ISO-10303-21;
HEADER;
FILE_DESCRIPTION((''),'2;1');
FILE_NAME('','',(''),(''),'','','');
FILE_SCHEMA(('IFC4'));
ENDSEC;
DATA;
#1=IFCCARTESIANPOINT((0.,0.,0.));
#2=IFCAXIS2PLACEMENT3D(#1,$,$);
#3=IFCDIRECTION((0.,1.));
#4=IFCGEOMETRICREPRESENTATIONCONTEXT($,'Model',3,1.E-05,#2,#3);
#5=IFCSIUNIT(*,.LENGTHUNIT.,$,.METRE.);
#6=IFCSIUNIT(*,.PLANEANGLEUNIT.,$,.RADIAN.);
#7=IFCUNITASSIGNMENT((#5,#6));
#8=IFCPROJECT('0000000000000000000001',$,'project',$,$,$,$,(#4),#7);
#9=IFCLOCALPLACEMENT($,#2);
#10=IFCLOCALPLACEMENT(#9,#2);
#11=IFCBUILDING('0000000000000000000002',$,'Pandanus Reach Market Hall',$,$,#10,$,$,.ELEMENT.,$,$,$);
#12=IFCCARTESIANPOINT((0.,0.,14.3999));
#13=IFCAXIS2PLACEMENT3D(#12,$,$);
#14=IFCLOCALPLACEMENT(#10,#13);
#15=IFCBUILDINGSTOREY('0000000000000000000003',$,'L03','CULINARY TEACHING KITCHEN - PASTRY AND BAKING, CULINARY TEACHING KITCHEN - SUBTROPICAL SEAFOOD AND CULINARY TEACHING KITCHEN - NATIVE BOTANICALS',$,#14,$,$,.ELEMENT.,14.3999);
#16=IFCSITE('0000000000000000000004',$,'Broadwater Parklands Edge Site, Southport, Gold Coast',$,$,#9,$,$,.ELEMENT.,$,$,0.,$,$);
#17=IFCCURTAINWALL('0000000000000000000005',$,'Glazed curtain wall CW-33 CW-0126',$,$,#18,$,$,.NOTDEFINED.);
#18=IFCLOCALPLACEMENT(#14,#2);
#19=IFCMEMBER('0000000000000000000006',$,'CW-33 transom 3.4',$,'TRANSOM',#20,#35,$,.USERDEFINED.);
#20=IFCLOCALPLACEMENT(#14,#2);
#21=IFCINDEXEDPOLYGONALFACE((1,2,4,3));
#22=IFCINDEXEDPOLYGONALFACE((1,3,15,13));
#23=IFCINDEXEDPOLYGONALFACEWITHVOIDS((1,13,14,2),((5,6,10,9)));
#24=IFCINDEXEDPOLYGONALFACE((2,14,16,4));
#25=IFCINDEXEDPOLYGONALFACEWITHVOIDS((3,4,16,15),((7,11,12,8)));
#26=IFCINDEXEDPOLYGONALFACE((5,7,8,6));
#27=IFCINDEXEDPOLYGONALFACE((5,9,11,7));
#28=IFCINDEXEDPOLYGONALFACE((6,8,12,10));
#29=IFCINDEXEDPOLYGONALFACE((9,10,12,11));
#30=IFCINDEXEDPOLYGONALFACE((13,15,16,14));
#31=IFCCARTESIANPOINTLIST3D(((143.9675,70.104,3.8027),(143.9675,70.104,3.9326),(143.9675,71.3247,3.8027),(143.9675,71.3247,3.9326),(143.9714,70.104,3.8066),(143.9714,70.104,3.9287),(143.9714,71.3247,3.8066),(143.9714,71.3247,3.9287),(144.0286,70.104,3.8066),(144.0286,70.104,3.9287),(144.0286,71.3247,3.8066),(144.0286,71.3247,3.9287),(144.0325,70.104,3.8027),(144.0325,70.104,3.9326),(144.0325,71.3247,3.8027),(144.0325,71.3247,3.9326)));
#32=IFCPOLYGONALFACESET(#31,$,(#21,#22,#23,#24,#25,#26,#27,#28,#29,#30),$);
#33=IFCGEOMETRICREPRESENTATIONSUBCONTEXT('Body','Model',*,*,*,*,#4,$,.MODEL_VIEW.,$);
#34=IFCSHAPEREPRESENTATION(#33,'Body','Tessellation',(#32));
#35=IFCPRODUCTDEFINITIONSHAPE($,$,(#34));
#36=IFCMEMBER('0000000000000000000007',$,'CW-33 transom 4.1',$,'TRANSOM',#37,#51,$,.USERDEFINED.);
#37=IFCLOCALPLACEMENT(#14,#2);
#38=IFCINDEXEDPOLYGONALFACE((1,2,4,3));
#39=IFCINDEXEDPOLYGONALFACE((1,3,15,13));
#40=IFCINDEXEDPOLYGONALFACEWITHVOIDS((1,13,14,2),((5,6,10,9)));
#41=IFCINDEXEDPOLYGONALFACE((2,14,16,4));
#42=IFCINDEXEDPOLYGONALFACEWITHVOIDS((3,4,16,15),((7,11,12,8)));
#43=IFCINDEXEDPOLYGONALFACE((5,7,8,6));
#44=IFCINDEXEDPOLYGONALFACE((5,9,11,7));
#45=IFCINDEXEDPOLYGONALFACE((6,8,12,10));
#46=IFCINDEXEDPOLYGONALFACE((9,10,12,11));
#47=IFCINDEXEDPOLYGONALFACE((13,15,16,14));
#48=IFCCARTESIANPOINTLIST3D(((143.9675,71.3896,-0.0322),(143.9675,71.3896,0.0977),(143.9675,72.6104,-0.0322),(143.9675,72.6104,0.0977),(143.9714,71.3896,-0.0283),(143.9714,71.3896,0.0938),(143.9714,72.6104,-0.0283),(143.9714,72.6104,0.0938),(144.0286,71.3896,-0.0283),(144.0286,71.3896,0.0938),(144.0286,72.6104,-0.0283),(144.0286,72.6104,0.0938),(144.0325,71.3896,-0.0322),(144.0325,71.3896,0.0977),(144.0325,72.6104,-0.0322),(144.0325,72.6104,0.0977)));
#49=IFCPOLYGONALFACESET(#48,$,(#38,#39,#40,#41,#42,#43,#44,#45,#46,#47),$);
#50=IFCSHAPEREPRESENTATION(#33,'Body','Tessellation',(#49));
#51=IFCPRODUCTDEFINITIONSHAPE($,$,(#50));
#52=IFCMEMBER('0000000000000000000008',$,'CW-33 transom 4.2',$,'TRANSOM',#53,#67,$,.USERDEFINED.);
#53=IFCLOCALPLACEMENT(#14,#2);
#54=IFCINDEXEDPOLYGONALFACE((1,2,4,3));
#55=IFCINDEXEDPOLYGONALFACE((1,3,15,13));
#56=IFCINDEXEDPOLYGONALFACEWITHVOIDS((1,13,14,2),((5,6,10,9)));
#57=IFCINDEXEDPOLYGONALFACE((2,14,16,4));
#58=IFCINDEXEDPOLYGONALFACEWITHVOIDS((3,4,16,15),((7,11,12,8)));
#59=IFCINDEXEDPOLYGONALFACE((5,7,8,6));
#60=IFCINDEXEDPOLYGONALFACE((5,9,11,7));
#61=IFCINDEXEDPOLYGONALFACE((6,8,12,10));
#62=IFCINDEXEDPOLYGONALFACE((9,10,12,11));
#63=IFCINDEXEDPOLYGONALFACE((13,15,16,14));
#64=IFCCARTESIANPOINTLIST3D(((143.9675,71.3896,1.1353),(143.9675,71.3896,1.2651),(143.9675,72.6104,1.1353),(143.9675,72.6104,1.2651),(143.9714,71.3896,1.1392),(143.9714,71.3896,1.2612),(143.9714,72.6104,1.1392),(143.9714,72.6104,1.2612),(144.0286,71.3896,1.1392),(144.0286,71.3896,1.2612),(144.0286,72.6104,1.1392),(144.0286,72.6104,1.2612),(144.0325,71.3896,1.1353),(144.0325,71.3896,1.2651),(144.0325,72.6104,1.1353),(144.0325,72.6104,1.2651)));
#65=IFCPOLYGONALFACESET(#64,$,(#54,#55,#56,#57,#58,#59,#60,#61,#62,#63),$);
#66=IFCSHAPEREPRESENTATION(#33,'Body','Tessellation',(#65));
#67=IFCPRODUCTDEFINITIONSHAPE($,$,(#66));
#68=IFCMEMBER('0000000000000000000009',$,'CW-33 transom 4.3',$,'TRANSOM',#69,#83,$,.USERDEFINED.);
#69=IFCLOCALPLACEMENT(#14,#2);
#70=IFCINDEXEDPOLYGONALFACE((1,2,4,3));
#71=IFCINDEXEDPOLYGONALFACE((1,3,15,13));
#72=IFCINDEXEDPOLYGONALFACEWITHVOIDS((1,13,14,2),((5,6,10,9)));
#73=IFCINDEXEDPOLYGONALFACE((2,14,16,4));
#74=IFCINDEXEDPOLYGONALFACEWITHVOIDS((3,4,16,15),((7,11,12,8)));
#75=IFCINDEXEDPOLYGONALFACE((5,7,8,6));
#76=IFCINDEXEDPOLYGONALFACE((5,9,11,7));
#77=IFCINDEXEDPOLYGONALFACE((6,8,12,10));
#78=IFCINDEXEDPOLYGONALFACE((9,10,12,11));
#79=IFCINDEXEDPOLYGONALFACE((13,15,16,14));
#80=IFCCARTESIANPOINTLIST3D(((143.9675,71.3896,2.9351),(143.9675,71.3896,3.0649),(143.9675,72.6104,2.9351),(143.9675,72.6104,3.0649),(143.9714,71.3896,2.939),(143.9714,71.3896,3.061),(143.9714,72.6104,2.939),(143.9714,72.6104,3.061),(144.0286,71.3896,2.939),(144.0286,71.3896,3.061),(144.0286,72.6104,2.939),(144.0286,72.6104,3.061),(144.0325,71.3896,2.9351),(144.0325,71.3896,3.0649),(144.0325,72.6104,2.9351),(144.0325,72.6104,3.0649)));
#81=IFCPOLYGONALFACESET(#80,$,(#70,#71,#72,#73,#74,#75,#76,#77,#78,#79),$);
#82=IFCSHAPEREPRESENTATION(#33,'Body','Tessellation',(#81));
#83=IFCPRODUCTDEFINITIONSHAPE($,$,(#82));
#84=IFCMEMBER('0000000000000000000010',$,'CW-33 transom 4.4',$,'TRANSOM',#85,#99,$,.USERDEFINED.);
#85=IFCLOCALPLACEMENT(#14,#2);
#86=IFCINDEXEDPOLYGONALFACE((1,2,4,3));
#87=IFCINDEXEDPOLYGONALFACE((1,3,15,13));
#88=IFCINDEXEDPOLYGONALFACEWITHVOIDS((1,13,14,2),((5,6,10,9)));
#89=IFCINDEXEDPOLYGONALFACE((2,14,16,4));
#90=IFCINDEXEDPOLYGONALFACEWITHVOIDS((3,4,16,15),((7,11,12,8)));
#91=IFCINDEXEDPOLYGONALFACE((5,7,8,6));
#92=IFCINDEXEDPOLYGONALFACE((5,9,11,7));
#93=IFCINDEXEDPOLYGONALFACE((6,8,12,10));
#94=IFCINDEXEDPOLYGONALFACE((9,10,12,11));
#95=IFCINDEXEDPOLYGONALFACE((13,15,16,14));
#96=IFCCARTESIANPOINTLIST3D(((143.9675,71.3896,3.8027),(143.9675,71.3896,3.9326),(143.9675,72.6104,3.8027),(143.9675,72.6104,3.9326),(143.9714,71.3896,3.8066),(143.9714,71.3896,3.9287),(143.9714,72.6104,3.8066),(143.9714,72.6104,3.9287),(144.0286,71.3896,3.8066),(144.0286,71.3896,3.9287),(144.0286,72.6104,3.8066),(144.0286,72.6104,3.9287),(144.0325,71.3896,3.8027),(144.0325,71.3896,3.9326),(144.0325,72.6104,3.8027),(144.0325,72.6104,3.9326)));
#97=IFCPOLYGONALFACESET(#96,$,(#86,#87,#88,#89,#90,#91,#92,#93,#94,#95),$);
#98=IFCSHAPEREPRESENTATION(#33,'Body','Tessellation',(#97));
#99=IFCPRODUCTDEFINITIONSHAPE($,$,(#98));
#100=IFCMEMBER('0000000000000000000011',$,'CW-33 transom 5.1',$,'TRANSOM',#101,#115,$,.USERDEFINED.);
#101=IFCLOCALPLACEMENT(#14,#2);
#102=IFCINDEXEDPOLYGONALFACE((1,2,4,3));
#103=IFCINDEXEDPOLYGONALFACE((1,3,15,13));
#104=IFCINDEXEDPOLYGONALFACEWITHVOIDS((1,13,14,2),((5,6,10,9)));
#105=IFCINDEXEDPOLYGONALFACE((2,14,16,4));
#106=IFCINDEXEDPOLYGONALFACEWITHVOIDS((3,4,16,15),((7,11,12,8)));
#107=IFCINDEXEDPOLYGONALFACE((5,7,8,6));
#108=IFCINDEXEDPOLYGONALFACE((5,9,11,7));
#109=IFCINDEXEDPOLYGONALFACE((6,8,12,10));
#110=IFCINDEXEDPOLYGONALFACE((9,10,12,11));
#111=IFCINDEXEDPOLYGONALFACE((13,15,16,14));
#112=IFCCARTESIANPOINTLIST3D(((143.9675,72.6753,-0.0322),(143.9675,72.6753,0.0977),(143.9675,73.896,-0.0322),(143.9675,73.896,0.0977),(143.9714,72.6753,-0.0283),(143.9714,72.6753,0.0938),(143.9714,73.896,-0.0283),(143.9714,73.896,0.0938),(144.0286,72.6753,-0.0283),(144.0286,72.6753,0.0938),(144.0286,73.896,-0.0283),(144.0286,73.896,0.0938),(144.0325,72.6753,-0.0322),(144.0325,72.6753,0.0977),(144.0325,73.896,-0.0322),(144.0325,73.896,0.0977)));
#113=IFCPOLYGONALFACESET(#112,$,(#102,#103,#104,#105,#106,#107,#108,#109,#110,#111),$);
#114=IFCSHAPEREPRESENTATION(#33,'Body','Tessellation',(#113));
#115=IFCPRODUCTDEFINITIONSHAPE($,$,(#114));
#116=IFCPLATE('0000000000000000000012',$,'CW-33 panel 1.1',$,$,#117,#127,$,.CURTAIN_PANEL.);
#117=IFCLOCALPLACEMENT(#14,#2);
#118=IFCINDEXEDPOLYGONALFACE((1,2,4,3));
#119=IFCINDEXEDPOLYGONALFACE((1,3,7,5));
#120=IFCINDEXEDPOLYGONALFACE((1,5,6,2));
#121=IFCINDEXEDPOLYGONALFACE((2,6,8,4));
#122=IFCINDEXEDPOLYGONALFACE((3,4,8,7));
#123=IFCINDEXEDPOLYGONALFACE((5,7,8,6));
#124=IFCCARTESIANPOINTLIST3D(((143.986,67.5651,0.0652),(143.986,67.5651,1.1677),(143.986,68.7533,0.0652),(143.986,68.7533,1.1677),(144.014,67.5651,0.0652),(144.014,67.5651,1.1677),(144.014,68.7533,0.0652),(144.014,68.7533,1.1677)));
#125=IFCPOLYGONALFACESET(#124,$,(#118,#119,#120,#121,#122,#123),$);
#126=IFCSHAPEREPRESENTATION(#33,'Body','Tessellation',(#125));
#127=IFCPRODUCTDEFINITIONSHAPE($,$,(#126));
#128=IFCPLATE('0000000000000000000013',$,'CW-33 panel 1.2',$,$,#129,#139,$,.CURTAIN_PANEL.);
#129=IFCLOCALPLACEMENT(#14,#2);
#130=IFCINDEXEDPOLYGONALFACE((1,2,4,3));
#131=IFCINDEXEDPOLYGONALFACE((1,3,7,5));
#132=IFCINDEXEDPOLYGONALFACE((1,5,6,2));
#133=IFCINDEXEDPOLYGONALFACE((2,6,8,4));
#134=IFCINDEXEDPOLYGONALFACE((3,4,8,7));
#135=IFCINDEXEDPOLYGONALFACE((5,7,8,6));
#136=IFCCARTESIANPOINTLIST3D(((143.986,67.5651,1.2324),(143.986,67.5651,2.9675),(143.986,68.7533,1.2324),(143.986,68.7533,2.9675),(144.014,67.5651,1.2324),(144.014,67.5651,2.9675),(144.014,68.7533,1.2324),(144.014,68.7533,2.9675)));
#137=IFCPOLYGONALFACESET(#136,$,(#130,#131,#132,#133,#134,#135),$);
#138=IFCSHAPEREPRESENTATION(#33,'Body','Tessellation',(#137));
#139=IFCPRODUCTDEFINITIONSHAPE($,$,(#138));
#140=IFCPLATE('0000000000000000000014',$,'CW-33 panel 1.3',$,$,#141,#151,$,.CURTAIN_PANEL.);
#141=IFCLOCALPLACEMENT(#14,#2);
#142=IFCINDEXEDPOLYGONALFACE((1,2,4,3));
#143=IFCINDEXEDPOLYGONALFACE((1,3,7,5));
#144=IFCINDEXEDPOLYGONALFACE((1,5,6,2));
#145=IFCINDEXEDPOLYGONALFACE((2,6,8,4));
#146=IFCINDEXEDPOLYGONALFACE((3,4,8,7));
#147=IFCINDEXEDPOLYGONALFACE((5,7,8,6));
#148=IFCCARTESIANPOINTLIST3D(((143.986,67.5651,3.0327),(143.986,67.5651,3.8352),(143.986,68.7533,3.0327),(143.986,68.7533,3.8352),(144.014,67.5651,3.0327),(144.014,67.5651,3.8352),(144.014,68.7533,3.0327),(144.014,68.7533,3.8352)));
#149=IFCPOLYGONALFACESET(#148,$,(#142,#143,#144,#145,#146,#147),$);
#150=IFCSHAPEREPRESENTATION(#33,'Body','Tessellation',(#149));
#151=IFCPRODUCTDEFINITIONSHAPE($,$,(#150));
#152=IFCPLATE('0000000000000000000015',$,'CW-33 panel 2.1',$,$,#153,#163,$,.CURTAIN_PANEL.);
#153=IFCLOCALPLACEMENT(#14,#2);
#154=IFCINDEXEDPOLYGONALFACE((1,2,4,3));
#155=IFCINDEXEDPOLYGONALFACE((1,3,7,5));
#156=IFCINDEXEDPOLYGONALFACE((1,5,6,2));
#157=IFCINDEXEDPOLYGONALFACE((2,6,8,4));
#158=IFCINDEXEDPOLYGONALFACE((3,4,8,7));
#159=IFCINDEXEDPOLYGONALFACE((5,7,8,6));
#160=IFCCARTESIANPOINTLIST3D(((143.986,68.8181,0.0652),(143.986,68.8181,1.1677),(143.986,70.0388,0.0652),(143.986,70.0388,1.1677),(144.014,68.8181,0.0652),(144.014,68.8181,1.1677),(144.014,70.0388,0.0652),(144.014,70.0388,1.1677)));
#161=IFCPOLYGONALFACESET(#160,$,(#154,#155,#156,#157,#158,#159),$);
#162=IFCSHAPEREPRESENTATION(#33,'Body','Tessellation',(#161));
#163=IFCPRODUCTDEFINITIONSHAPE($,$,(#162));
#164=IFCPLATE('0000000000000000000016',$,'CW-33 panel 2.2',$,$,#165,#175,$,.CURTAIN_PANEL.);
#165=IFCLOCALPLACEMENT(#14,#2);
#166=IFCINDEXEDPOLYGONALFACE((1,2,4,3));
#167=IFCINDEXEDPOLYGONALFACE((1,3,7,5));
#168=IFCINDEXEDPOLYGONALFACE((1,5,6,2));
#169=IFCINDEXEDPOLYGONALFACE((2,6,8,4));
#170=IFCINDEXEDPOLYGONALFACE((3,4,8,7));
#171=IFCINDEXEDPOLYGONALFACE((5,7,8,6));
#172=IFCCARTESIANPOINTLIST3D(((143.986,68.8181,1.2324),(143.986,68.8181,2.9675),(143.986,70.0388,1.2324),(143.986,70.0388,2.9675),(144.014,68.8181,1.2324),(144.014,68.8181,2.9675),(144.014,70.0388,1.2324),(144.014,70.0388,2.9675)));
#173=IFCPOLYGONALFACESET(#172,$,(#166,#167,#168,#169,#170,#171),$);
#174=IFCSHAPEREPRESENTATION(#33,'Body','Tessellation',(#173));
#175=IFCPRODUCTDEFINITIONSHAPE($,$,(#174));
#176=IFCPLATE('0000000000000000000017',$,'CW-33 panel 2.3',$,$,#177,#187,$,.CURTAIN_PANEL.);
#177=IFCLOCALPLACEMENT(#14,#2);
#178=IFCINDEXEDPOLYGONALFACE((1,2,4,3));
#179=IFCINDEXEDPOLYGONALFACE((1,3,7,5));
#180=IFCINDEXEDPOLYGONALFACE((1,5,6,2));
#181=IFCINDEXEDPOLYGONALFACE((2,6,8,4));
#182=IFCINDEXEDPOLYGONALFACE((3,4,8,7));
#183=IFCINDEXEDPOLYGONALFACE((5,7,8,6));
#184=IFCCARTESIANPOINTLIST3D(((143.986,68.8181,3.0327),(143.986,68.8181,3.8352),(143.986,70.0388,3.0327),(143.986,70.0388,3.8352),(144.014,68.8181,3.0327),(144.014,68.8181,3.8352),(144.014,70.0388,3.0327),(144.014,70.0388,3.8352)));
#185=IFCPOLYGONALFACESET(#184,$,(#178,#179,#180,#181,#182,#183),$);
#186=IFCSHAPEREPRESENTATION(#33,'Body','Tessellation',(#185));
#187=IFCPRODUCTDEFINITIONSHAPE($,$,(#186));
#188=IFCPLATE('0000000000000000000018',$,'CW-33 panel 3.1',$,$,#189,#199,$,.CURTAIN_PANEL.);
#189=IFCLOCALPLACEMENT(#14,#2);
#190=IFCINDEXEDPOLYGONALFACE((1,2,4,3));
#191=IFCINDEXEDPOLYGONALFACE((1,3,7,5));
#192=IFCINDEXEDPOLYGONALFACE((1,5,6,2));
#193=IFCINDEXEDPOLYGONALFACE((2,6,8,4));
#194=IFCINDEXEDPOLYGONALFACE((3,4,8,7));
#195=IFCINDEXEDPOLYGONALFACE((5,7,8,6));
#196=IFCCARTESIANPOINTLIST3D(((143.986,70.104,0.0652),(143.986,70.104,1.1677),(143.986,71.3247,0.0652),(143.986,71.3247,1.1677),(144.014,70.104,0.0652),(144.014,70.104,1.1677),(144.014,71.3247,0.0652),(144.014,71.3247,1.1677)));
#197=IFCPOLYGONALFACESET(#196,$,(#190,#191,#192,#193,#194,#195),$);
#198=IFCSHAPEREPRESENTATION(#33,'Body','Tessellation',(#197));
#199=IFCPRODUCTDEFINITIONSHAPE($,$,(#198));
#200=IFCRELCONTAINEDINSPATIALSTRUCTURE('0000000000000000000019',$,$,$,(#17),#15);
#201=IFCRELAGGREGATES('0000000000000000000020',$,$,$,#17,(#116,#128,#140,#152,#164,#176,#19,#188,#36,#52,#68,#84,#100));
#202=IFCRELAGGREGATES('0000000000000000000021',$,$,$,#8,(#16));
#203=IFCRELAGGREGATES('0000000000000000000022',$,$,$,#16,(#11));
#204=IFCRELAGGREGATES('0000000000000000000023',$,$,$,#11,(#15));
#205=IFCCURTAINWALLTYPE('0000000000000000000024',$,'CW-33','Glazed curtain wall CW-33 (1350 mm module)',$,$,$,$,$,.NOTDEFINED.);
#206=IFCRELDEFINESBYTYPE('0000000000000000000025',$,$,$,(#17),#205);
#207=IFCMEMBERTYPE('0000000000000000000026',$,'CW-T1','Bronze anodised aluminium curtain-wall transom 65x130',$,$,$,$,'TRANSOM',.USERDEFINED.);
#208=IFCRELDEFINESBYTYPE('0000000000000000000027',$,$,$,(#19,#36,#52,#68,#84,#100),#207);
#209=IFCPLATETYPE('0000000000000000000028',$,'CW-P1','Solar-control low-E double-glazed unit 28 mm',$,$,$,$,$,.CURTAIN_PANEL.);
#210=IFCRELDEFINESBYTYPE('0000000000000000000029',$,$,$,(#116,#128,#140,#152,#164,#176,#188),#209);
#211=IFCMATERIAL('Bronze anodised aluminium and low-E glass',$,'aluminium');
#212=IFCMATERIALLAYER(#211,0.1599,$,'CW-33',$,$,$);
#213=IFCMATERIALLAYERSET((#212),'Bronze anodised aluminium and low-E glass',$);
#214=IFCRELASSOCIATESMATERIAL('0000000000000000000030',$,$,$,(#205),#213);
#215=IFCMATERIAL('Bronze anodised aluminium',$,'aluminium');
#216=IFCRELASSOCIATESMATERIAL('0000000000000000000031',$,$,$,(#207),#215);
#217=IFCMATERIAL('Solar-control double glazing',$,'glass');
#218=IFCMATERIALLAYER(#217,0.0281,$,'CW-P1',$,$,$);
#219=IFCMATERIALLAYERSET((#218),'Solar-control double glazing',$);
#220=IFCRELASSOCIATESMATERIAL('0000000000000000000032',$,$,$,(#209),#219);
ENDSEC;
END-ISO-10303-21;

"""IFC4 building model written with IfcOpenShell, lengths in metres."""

from ifc_helpers import new_model, si_unit, direction, frame, origin, origin_2d, place, context, subcontext, project, spatial, rectangle, hollow_rectangle, extrude, material, layer, layer_set, material_profile, profile_set, type_object, element, aggregate, save


model = new_model("IFC4")

# Units and contexts
model_context = context("Model", 3, precision=1e-05, world=origin(), true_north=direction((0.0, 1.0)))
body_context = subcontext(model_context, "Body", "Model", "MODEL_VIEW")
ifc_project = project(units=[si_unit("LENGTHUNIT", "METRE"), si_unit("PLANEANGLEUNIT", "RADIAN")], contexts=[model_context])

# Site, building, storey
site_placement = place(None, origin())
site = spatial("IfcSite", under=ifc_project, at=site_placement, Name="Broadwater Parklands Edge Site, Southport, Gold Coast", CompositionType="ELEMENT", RefElevation=0.0)
building_placement = place(site_placement, origin())
building = spatial("IfcBuilding", under=site, at=building_placement, Name="Pandanus Reach Market Hall", CompositionType="ELEMENT")
storey_placement = place(building_placement, frame((0.0, 0.0, 14.3999)))
storey = spatial("IfcBuildingStorey", under=building, at=storey_placement, Name="L03", Description="CULINARY TEACHING KITCHEN - PASTRY AND BAKING, CULINARY TEACHING KITCHEN - SUBTROPICAL SEAFOOD AND CULINARY TEACHING KITCHEN - NATIVE BOTANICALS", CompositionType="ELEMENT", Elevation=14.3999)

# Curtain wall, members, plates
ifc_material_1 = material(Name="Bronze anodised aluminium and low-E glass", Category="aluminium")
ifc_layer_1 = layer(ifc_material_1, 0.1599, Name="CW-33")
ifc_layer_set_1 = layer_set([ifc_layer_1], Name="Bronze anodised aluminium and low-E glass")
curtain_wall_type = type_object("IfcCurtainWallType", Name="CW-33", Description="Glazed curtain wall CW-33 (1350 mm module)", PredefinedType="NOTDEFINED", material=ifc_layer_set_1)
curtain_wall_placement = place(storey_placement, origin())
curtain_wall = element("IfcCurtainWall", 1, at=curtain_wall_placement, inside=storey, type_object=curtain_wall_type, Name="Glazed curtain wall CW-33 CW-0126", PredefinedType="NOTDEFINED")
ifc_material_2 = material(Name="Bronze anodised aluminium", Category="aluminium")
ifc_material_profile_1 = material_profile(ifc_material_2, hollow_rectangle(XDim=0.0649, YDim=0.1299, WallThickness=0.0039, at=origin_2d()), Name="ALU65x130", Category="LoadBearing")
ifc_profile_set_1 = profile_set([ifc_material_profile_1], Name="Bronze anodised aluminium")
member_type_1 = type_object("IfcMemberType", Name="CW-T1", Description="Bronze anodised aluminium curtain-wall transom 65x130", ElementType="TRANSOM", PredefinedType="USERDEFINED", material=ifc_profile_set_1)
member_1_placement = place(storey_placement, frame((144.0, 70.104, 3.8677), z_axis=(0.0, 1.0, 0.0), x_axis=(-1.0, 0.0, 0.0)))
member_1 = element("IfcMember", 2, at=member_1_placement, type_object=member_type_1, Name="CW-33 transom 3.4", ObjectType="TRANSOM", PredefinedType="USERDEFINED", context=body_context, shape_type="SweptSolid", body=[
    extrude(hollow_rectangle(XDim=0.0649, YDim=0.1299, WallThickness=0.0039, at=origin_2d()), origin(), (0.0, 0.0, 1.0), 1.2207),
])
member_2_placement = place(storey_placement, frame((144.0, 71.3896, 0.0327), z_axis=(0.0, 1.0, 0.0), x_axis=(-1.0, 0.0, 0.0)))
member_2 = element("IfcMember", 3, at=member_2_placement, type_object=member_type_1, Name="CW-33 transom 4.1", ObjectType="TRANSOM", PredefinedType="USERDEFINED", context=body_context, shape_type="SweptSolid", body=[
    extrude(hollow_rectangle(XDim=0.0649, YDim=0.1299, WallThickness=0.0039, at=origin_2d()), origin(), (0.0, 0.0, 1.0), 1.2207),
])
member_3_placement = place(storey_placement, frame((144.0, 71.3896, 1.2002), z_axis=(0.0, 1.0, 0.0), x_axis=(-1.0, 0.0, 0.0)))
member_3 = element("IfcMember", 4, at=member_3_placement, type_object=member_type_1, Name="CW-33 transom 4.2", ObjectType="TRANSOM", PredefinedType="USERDEFINED", context=body_context, shape_type="SweptSolid", body=[
    extrude(hollow_rectangle(XDim=0.0649, YDim=0.1299, WallThickness=0.0039, at=origin_2d()), origin(), (0.0, 0.0, 1.0), 1.2207),
])
member_4_placement = place(storey_placement, frame((144.0, 71.3896, 3.0), z_axis=(0.0, 1.0, 0.0), x_axis=(-1.0, 0.0, 0.0)))
member_4 = element("IfcMember", 5, at=member_4_placement, type_object=member_type_1, Name="CW-33 transom 4.3", ObjectType="TRANSOM", PredefinedType="USERDEFINED", context=body_context, shape_type="SweptSolid", body=[
    extrude(hollow_rectangle(XDim=0.0649, YDim=0.1299, WallThickness=0.0039, at=origin_2d()), origin(), (0.0, 0.0, 1.0), 1.2207),
])
member_5_placement = place(storey_placement, frame((144.0, 71.3896, 3.8677), z_axis=(0.0, 1.0, 0.0), x_axis=(-1.0, 0.0, 0.0)))
member_5 = element("IfcMember", 6, at=member_5_placement, type_object=member_type_1, Name="CW-33 transom 4.4", ObjectType="TRANSOM", PredefinedType="USERDEFINED", context=body_context, shape_type="SweptSolid", body=[
    extrude(hollow_rectangle(XDim=0.0649, YDim=0.1299, WallThickness=0.0039, at=origin_2d()), origin(), (0.0, 0.0, 1.0), 1.2207),
])
member_6_placement = place(storey_placement, frame((144.0, 72.6753, 0.0327), z_axis=(0.0, 1.0, 0.0), x_axis=(-1.0, 0.0, 0.0)))
member_6 = element("IfcMember", 7, at=member_6_placement, type_object=member_type_1, Name="CW-33 transom 5.1", ObjectType="TRANSOM", PredefinedType="USERDEFINED", context=body_context, shape_type="SweptSolid", body=[
    extrude(hollow_rectangle(XDim=0.0649, YDim=0.1299, WallThickness=0.0039, at=origin_2d()), origin(), (0.0, 0.0, 1.0), 1.2207),
])
ifc_material_3 = material(Name="Solar-control double glazing", Category="glass")
ifc_layer_2 = layer(ifc_material_3, 0.0281, Name="CW-P1")
ifc_layer_set_2 = layer_set([ifc_layer_2], Name="Solar-control double glazing")
plate_type = type_object("IfcPlateType", Name="CW-P1", Description="Solar-control low-E double-glazed unit 28 mm", PredefinedType="CURTAIN_PANEL", material=ifc_layer_set_2)
plate_1_placement = place(storey_placement, frame((144.0, 68.1592, 0.0652), z_axis=(0.0, 0.0, 1.0), x_axis=(0.0, 1.0, 0.0)))
plate_1 = element("IfcPlate", 8, at=plate_1_placement, type_object=plate_type, Name="CW-33 panel 1.1", PredefinedType="CURTAIN_PANEL", context=body_context, shape_type="SweptSolid", body=[
    extrude(rectangle(XDim=1.1882, YDim=0.0281, at=origin_2d()), origin(), (0.0, 0.0, 1.0), 1.1025),
])
plate_2_placement = place(storey_placement, frame((144.0, 68.1592, 1.2324), z_axis=(0.0, 0.0, 1.0), x_axis=(0.0, 1.0, 0.0)))
plate_2 = element("IfcPlate", 9, at=plate_2_placement, type_object=plate_type, Name="CW-33 panel 1.2", PredefinedType="CURTAIN_PANEL", context=body_context, shape_type="SweptSolid", body=[
    extrude(rectangle(XDim=1.1882, YDim=0.0281, at=origin_2d()), origin(), (0.0, 0.0, 1.0), 1.7351),
])
plate_3_placement = place(storey_placement, frame((144.0, 68.1592, 3.0327), z_axis=(0.0, 0.0, 1.0), x_axis=(0.0, 1.0, 0.0)))
plate_3 = element("IfcPlate", 10, at=plate_3_placement, type_object=plate_type, Name="CW-33 panel 1.3", PredefinedType="CURTAIN_PANEL", context=body_context, shape_type="SweptSolid", body=[
    extrude(rectangle(XDim=1.1882, YDim=0.0281, at=origin_2d()), origin(), (0.0, 0.0, 1.0), 0.8025),
])
plate_4_placement = place(storey_placement, frame((144.0, 69.4285, 0.0652), z_axis=(0.0, 0.0, 1.0), x_axis=(0.0, 1.0, 0.0)))
plate_4 = element("IfcPlate", 11, at=plate_4_placement, type_object=plate_type, Name="CW-33 panel 2.1", PredefinedType="CURTAIN_PANEL", context=body_context, shape_type="SweptSolid", body=[
    extrude(rectangle(XDim=1.2207, YDim=0.0281, at=origin_2d()), origin(), (0.0, 0.0, 1.0), 1.1025),
])
plate_5_placement = place(storey_placement, frame((144.0, 69.4285, 1.2324), z_axis=(0.0, 0.0, 1.0), x_axis=(0.0, 1.0, 0.0)))
plate_5 = element("IfcPlate", 12, at=plate_5_placement, type_object=plate_type, Name="CW-33 panel 2.2", PredefinedType="CURTAIN_PANEL", context=body_context, shape_type="SweptSolid", body=[
    extrude(rectangle(XDim=1.2207, YDim=0.0281, at=origin_2d()), origin(), (0.0, 0.0, 1.0), 1.7351),
])
plate_6_placement = place(storey_placement, frame((144.0, 69.4285, 3.0327), z_axis=(0.0, 0.0, 1.0), x_axis=(0.0, 1.0, 0.0)))
plate_6 = element("IfcPlate", 13, at=plate_6_placement, type_object=plate_type, Name="CW-33 panel 2.3", PredefinedType="CURTAIN_PANEL", context=body_context, shape_type="SweptSolid", body=[
    extrude(rectangle(XDim=1.2207, YDim=0.0281, at=origin_2d()), origin(), (0.0, 0.0, 1.0), 0.8025),
])
plate_7_placement = place(storey_placement, frame((144.0, 70.7144, 0.0652), z_axis=(0.0, 0.0, 1.0), x_axis=(0.0, 1.0, 0.0)))
plate_7 = element("IfcPlate", 14, at=plate_7_placement, type_object=plate_type, Name="CW-33 panel 3.1", PredefinedType="CURTAIN_PANEL", context=body_context, shape_type="SweptSolid", body=[
    extrude(rectangle(XDim=1.2207, YDim=0.0281, at=origin_2d()), origin(), (0.0, 0.0, 1.0), 1.1025),
])
aggregate(curtain_wall, [plate_1, plate_2, plate_3, plate_4, plate_5, plate_6, member_1, plate_7, member_2, member_3, member_4, member_5, member_6])

save(model, "model.ifc")
